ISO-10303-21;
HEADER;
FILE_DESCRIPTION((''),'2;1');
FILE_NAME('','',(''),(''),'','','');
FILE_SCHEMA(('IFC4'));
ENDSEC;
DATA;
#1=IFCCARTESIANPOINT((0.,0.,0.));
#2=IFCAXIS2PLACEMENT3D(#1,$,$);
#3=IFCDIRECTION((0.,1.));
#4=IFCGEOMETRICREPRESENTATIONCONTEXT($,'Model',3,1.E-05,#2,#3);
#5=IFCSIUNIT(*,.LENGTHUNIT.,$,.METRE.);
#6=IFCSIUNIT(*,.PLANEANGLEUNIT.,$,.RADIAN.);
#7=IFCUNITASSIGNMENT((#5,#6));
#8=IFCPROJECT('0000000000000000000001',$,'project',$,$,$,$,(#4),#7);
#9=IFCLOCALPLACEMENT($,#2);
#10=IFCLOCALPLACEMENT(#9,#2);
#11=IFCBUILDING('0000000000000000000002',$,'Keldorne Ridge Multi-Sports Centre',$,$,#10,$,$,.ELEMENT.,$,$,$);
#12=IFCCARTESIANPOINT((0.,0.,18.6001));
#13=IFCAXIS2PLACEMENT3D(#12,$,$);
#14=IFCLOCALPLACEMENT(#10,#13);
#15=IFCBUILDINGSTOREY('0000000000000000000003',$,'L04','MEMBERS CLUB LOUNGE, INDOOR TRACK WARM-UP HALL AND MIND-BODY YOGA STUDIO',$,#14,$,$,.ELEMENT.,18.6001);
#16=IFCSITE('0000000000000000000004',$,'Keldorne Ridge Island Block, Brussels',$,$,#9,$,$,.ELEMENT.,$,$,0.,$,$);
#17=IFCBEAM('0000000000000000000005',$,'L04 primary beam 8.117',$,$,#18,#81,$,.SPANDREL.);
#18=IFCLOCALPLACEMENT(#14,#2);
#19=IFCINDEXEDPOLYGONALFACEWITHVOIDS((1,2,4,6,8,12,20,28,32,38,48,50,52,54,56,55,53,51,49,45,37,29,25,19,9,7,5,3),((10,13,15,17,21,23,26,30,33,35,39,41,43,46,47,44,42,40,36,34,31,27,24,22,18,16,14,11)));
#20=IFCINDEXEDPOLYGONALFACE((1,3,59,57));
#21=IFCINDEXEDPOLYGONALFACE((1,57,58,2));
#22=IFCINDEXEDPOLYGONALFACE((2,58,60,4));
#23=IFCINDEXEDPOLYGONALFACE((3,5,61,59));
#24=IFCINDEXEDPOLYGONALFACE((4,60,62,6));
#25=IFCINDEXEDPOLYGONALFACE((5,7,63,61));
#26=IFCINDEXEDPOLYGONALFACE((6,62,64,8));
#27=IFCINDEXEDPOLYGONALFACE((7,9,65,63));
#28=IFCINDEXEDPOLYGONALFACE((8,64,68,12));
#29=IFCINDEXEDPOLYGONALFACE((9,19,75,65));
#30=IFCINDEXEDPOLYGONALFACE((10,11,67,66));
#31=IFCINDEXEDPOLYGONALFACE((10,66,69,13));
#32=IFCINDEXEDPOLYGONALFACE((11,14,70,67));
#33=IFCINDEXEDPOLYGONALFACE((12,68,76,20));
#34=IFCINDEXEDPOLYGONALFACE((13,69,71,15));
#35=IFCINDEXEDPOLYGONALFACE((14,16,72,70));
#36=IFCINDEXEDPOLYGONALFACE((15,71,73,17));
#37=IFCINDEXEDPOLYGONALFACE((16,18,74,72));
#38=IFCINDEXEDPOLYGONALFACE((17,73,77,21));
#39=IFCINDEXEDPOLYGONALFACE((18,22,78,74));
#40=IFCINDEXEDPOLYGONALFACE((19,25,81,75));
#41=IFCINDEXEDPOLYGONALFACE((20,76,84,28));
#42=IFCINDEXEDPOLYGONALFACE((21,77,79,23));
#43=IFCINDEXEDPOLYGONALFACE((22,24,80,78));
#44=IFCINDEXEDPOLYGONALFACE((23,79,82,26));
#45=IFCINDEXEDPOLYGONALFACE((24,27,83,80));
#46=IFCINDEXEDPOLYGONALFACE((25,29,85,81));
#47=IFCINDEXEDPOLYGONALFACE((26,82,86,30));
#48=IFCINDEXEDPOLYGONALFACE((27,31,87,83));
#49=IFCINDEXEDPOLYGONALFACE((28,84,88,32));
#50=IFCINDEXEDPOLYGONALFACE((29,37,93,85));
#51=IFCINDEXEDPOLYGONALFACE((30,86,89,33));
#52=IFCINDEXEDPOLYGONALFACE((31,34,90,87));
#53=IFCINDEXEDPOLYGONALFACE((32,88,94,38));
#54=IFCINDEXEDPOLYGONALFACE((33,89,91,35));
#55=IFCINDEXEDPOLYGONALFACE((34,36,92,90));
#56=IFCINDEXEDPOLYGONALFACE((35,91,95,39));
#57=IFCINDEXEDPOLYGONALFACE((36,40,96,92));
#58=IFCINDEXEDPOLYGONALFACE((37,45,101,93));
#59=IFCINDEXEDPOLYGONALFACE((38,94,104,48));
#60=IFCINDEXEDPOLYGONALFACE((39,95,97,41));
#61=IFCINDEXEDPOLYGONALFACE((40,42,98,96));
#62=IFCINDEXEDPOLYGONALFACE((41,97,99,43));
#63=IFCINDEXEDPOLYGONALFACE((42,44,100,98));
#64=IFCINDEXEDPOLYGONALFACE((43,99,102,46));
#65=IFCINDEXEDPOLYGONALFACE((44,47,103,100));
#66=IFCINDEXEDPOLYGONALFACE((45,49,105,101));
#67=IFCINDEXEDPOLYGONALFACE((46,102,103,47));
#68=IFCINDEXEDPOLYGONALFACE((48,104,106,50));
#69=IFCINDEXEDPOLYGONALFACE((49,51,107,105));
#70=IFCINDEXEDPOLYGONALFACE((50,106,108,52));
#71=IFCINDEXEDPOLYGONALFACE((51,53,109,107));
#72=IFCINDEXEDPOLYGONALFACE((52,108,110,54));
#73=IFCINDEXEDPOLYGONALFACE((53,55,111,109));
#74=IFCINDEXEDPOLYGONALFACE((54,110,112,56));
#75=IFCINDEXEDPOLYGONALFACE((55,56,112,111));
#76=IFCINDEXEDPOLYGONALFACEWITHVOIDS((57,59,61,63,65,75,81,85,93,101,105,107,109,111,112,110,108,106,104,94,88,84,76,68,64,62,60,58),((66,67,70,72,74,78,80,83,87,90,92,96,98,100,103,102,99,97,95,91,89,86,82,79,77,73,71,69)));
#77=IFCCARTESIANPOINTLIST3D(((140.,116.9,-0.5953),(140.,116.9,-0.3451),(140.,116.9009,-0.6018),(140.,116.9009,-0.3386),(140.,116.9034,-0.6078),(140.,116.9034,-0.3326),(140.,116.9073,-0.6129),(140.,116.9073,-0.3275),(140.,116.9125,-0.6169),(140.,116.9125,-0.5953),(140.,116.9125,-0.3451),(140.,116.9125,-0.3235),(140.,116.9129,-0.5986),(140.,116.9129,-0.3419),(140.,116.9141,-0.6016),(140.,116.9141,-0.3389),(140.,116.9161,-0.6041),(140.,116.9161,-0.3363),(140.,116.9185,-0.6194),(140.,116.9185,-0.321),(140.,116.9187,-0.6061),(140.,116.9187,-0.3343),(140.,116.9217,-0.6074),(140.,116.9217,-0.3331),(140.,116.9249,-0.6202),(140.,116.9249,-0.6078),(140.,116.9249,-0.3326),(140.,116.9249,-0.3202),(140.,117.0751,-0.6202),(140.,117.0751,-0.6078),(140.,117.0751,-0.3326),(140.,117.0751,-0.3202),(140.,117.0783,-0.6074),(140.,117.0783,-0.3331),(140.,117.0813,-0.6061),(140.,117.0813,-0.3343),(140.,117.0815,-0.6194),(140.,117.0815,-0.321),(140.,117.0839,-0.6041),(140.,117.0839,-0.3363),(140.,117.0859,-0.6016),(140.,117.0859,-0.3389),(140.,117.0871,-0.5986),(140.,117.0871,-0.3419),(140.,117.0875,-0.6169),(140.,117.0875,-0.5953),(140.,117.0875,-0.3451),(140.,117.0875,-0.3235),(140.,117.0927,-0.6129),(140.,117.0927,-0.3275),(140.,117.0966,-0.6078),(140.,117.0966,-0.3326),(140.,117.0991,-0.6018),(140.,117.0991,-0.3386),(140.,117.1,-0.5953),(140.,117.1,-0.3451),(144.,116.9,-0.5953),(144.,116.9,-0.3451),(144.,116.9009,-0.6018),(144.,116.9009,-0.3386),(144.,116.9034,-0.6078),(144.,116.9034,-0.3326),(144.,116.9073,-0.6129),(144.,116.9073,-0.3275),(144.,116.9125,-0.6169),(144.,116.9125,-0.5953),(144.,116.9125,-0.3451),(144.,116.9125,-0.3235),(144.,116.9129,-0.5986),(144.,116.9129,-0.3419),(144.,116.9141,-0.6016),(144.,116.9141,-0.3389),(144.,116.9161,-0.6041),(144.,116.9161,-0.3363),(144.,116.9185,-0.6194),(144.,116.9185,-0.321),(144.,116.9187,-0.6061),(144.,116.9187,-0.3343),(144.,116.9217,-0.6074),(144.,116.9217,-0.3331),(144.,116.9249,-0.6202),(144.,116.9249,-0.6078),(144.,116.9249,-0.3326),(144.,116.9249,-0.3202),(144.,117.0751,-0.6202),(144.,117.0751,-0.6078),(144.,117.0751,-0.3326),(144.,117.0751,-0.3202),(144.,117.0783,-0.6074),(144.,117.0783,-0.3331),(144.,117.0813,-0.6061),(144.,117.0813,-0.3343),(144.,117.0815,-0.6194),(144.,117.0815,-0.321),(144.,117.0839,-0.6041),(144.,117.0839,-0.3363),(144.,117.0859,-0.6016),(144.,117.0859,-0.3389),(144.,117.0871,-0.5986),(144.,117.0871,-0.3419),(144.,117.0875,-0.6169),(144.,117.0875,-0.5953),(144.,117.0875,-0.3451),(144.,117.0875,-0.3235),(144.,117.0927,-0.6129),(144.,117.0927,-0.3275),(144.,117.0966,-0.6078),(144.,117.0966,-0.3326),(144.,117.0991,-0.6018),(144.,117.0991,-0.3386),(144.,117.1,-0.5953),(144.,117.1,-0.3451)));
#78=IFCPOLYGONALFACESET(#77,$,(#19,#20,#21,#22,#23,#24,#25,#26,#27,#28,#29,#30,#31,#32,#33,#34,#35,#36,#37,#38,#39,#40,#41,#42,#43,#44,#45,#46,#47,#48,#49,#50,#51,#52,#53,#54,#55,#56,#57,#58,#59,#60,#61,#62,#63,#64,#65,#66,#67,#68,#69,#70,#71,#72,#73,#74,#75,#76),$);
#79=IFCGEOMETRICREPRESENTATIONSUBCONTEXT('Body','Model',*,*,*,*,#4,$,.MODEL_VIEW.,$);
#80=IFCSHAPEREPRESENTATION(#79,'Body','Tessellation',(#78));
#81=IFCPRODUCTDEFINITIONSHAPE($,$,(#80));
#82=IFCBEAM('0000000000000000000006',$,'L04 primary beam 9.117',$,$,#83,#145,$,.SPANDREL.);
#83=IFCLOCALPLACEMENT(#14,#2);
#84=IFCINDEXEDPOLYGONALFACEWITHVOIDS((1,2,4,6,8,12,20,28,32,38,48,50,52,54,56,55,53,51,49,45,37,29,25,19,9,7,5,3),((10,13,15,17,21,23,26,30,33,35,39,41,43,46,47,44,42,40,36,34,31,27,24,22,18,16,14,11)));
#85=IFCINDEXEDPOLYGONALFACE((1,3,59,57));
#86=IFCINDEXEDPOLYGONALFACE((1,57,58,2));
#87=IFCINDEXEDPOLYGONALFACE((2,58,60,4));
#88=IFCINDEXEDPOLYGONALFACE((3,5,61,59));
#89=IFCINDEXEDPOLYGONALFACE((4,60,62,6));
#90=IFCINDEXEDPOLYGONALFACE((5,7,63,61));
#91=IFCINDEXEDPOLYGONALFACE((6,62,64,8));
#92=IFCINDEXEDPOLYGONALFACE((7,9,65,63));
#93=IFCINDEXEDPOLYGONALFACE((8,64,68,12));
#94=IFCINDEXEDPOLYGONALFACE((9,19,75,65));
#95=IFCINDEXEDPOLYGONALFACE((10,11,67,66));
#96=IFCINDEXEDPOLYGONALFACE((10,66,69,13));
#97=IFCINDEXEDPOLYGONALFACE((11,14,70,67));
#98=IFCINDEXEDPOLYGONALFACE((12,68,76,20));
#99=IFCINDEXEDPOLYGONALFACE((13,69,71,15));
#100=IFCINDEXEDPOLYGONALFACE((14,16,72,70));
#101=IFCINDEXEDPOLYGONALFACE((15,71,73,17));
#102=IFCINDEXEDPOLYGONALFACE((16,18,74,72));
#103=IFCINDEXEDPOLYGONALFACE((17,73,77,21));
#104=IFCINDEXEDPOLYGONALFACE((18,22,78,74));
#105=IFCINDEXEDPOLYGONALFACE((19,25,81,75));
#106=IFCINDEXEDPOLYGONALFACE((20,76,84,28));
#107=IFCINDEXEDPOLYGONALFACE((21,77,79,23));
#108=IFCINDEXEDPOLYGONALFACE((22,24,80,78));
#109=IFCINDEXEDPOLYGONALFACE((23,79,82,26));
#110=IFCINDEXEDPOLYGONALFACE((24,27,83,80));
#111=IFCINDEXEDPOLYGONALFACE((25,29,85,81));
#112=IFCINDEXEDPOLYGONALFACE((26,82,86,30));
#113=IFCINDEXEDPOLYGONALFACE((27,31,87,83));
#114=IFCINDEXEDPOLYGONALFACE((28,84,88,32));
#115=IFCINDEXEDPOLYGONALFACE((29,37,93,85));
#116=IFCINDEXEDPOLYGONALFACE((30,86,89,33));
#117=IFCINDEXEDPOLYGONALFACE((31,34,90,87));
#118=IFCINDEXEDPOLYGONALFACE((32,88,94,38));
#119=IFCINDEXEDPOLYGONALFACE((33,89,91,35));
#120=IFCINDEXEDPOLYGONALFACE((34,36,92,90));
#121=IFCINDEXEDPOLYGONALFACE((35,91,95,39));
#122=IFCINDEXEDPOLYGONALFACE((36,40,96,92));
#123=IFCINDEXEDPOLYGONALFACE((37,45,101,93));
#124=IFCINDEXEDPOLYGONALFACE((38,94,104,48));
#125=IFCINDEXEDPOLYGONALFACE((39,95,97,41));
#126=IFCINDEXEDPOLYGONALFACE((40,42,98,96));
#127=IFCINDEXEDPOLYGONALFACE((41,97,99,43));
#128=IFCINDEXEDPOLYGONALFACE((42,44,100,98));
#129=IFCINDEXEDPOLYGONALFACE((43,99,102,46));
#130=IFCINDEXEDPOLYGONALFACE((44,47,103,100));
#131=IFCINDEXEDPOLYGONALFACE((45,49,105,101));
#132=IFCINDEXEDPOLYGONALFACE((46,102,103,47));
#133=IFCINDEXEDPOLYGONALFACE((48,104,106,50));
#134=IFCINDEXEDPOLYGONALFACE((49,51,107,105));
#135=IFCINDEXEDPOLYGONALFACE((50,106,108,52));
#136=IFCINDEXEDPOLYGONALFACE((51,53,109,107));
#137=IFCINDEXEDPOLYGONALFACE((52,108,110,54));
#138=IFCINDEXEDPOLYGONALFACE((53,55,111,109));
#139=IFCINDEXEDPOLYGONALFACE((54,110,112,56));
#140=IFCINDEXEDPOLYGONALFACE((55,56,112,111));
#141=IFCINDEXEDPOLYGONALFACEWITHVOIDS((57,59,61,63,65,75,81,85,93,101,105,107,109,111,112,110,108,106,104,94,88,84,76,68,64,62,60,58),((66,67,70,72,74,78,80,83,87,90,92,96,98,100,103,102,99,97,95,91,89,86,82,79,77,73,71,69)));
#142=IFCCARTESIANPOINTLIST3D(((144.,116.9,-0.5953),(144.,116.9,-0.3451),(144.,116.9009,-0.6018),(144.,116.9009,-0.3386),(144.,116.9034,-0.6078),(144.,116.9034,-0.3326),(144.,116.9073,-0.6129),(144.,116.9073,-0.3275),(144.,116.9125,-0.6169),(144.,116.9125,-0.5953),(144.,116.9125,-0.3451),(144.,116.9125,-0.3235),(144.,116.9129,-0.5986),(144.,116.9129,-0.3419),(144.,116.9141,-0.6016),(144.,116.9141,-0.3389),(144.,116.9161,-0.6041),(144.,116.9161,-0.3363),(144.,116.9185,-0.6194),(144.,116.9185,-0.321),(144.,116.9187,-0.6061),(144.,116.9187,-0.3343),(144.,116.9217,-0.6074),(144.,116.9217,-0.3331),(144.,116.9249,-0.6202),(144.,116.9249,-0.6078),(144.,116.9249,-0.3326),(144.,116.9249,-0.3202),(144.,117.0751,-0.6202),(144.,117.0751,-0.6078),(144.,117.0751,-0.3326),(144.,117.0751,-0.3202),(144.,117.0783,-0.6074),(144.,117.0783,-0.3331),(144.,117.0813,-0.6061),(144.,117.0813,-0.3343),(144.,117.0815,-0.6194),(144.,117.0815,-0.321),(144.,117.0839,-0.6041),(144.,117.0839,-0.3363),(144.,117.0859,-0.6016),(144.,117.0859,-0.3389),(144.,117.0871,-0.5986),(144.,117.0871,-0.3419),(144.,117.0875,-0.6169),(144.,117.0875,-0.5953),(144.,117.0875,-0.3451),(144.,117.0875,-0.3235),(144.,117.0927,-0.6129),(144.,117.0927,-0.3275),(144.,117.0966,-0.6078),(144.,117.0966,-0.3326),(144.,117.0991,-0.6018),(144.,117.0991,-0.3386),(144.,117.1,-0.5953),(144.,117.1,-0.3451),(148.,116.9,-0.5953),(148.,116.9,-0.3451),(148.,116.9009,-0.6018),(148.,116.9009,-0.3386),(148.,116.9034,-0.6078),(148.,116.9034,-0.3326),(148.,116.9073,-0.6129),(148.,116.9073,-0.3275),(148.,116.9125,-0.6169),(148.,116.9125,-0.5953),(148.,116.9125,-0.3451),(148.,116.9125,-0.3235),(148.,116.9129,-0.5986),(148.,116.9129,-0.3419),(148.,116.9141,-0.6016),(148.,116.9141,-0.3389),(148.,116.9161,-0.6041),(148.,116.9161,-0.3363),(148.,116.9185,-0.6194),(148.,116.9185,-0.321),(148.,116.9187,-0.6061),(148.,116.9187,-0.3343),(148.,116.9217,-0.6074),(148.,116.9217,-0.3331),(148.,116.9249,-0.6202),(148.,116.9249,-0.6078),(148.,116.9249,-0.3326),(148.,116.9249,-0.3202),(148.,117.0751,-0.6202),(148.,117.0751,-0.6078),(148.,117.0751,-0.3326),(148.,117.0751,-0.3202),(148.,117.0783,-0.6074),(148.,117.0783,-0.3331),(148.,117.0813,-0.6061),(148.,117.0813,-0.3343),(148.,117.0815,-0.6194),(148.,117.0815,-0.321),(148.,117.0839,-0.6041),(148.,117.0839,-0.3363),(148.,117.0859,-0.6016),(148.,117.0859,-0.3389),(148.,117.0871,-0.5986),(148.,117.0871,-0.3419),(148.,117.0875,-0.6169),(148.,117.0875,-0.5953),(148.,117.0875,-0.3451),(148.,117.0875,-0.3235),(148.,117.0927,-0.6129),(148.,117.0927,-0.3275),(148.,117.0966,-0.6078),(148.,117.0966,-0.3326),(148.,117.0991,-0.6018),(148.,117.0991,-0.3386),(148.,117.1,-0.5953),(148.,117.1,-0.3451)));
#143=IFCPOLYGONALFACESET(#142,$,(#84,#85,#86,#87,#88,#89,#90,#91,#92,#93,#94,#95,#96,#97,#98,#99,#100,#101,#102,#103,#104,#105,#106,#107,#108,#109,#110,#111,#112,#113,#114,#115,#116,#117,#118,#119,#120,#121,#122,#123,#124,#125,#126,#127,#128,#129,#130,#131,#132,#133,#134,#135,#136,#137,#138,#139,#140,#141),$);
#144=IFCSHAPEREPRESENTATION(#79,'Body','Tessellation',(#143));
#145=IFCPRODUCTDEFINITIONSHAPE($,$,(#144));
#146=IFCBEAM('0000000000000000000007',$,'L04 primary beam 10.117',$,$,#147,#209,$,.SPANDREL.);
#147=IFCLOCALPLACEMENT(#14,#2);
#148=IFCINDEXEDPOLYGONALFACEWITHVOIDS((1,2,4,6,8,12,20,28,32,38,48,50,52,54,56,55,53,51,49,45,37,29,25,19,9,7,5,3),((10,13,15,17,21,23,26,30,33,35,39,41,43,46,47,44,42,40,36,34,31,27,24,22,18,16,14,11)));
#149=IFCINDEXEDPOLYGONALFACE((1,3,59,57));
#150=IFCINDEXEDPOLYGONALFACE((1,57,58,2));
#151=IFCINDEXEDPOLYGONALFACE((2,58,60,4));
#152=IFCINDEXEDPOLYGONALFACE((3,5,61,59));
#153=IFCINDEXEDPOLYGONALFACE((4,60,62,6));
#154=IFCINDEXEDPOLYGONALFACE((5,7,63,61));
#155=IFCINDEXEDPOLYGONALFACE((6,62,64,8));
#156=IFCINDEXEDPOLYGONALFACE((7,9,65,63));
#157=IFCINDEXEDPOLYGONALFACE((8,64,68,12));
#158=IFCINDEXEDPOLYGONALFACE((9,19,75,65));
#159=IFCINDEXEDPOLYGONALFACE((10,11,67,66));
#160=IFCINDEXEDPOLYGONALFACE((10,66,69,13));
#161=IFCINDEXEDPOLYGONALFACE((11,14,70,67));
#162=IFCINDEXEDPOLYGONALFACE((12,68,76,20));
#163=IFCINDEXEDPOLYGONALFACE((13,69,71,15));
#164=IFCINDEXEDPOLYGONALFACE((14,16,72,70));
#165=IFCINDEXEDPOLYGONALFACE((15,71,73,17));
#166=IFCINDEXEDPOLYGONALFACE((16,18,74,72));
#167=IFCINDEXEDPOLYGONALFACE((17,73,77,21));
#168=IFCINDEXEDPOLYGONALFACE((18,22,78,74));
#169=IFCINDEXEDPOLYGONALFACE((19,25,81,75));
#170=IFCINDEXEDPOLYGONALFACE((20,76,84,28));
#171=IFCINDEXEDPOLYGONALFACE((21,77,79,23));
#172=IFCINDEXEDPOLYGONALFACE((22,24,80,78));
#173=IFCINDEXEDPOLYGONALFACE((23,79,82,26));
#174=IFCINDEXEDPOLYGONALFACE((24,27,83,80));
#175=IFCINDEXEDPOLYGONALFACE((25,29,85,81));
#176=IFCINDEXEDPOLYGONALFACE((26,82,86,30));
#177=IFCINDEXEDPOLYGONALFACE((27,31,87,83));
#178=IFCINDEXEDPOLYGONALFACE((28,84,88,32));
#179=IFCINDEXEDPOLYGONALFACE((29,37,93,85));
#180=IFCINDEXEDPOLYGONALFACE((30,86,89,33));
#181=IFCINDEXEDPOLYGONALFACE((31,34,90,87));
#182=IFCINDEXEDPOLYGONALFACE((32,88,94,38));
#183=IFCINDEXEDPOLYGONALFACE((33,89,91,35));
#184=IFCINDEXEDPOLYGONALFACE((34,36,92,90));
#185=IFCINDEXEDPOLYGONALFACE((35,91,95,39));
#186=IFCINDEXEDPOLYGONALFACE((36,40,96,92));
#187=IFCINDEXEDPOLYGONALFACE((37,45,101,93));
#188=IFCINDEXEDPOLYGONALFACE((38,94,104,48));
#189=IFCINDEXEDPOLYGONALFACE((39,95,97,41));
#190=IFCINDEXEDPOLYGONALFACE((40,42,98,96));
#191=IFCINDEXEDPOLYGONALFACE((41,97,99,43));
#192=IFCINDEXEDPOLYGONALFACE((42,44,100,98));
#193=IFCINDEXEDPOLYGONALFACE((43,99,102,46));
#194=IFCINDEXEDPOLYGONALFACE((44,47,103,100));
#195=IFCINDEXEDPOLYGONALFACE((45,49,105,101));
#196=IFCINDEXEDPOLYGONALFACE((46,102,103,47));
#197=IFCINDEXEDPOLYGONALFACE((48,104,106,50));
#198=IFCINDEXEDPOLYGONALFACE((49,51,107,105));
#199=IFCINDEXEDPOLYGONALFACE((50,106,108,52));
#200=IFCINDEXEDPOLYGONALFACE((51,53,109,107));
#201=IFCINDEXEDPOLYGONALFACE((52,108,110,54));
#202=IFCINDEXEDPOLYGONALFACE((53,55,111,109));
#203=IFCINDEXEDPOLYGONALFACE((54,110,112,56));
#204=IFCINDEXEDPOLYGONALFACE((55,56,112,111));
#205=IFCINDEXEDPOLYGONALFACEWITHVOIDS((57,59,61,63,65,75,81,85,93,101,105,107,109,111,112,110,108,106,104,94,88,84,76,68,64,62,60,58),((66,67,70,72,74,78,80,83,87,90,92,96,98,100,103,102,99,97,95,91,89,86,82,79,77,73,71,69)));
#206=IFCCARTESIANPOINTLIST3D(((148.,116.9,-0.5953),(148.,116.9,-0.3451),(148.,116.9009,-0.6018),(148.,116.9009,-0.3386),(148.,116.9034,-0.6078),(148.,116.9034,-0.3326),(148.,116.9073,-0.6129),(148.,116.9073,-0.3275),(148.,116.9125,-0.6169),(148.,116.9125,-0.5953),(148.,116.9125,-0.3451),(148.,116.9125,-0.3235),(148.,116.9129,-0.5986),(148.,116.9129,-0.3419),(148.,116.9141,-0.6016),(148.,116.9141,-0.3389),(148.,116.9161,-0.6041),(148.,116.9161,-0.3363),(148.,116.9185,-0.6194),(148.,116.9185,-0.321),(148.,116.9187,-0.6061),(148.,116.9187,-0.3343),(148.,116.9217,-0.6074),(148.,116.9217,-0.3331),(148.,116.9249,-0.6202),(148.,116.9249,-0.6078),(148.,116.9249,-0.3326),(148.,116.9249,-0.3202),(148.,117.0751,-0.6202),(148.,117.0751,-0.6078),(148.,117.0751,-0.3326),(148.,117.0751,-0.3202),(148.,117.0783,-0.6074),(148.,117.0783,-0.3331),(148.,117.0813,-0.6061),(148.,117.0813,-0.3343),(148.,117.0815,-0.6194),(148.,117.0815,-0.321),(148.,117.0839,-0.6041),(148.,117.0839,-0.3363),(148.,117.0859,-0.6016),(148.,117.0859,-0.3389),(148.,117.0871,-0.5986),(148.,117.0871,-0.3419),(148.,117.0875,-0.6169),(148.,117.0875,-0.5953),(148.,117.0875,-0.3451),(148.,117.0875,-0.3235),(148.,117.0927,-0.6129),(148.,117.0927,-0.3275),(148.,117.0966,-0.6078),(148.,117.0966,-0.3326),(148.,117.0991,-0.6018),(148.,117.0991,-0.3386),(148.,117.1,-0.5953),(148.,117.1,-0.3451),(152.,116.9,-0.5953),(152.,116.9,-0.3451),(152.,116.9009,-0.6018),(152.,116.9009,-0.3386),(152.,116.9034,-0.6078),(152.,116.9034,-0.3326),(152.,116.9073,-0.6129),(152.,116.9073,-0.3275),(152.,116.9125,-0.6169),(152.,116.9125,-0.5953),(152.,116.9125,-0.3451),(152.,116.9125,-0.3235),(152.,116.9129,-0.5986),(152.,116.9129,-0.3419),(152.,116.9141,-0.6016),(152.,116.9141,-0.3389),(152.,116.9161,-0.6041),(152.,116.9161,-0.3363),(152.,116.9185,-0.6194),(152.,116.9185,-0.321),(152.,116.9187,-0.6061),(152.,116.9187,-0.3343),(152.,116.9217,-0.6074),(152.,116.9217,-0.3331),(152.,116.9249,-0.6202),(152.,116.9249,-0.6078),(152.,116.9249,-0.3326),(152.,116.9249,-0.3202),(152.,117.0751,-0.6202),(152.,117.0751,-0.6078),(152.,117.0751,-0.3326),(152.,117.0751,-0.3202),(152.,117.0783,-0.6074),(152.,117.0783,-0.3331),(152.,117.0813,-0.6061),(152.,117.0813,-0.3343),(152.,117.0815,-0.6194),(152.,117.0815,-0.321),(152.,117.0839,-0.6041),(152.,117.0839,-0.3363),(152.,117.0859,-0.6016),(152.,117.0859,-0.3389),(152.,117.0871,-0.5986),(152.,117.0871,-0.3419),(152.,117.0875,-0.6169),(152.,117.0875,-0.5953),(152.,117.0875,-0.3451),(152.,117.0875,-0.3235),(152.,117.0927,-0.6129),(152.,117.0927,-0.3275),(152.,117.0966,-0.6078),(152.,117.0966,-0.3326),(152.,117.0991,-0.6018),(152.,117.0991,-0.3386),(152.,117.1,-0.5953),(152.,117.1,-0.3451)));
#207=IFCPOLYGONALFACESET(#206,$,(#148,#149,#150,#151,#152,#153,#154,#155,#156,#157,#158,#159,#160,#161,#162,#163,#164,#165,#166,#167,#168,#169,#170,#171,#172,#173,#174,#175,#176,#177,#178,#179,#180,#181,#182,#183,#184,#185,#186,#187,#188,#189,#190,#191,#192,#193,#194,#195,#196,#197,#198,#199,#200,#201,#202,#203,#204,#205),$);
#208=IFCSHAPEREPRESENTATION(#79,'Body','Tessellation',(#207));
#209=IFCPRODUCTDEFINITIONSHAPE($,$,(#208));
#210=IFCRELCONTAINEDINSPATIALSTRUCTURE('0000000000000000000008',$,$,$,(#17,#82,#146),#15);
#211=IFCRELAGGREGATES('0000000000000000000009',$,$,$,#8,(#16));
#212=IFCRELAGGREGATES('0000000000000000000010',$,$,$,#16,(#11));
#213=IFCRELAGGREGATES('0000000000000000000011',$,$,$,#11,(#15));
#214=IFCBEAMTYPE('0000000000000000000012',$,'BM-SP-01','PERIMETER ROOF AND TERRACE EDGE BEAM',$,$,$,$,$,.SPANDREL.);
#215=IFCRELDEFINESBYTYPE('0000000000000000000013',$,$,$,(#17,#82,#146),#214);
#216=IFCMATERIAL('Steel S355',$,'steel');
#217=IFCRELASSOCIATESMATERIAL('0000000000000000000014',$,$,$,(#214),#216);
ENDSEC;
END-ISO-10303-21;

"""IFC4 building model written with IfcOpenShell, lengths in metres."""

from ifc_helpers import new_model, si_unit, direction, frame, origin, origin_2d, place, context, subcontext, project, spatial, hollow_rectangle, extrude, material, material_profile, profile_set, type_object, element, save


model = new_model("IFC4")

# Units and contexts
model_context = context("Model", 3, precision=1e-05, world=origin(), true_north=direction((0.0, 1.0)))
body_context = subcontext(model_context, "Body", "Model", "MODEL_VIEW")
ifc_project = project(units=[si_unit("LENGTHUNIT", "METRE"), si_unit("PLANEANGLEUNIT", "RADIAN")], contexts=[model_context])

# Site, building, storey
site_placement = place(None, origin())
site = spatial("IfcSite", under=ifc_project, at=site_placement, Name="Keldorne Ridge Island Block, Brussels", CompositionType="ELEMENT", RefElevation=0.0)
building_placement = place(site_placement, origin())
building = spatial("IfcBuilding", under=site, at=building_placement, Name="Keldorne Ridge Multi-Sports Centre", CompositionType="ELEMENT")
storey_placement = place(building_placement, frame((0.0, 0.0, 18.6001)))
storey = spatial("IfcBuildingStorey", under=building, at=storey_placement, Name="L04", Description="MEMBERS CLUB LOUNGE, INDOOR TRACK WARM-UP HALL AND MIND-BODY YOGA STUDIO", CompositionType="ELEMENT", Elevation=18.6001)

# Shared definitions
ifc_material_1 = material(Name="Steel S355", Category="steel")

# Beams
ifc_material_profile_1 = material_profile(ifc_material_1, hollow_rectangle(XDim=0.2, YDim=0.3, WallThickness=0.0125, InnerFilletRadius=0.0125, OuterFilletRadius=0.0249, at=origin_2d()), Name="RHS 300x200x12.5")
ifc_profile_set_1 = profile_set([ifc_material_profile_1], Name="Steel S355")
beam_type_1 = type_object("IfcBeamType", Name="BM-SP-01", Description="PERIMETER ROOF AND TERRACE EDGE BEAM", PredefinedType="SPANDREL", material=ifc_profile_set_1)
for number, where, z_axis, x_axis, name in (
    (1, (140.0, 117.0, -0.4702), (1.0, 0.0, 0.0), (0.0, 1.0, 0.0), "L04 primary beam 8.117"),
    (2, (144.0, 117.0, -0.4702), (1.0, 0.0, 0.0), (0.0, 1.0, 0.0), "L04 primary beam 9.117"),
    (3, (148.0, 117.0, -0.4702), (1.0, 0.0, 0.0), (0.0, 1.0, 0.0), "L04 primary beam 10.117"),
):
    element("IfcBeam", number, at=place(storey_placement, frame(where, z_axis=z_axis, x_axis=x_axis)), inside=storey, type_object=beam_type_1, Name=name, PredefinedType="SPANDREL", context=body_context, shape_type="SweptSolid", body=[
        extrude(hollow_rectangle(XDim=0.2, YDim=0.3, WallThickness=0.0125, InnerFilletRadius=0.0125, OuterFilletRadius=0.0249, at=origin_2d()), origin(), (0.0, 0.0, 1.0), 4.0),
    ])

save(model, "model.ifc")
